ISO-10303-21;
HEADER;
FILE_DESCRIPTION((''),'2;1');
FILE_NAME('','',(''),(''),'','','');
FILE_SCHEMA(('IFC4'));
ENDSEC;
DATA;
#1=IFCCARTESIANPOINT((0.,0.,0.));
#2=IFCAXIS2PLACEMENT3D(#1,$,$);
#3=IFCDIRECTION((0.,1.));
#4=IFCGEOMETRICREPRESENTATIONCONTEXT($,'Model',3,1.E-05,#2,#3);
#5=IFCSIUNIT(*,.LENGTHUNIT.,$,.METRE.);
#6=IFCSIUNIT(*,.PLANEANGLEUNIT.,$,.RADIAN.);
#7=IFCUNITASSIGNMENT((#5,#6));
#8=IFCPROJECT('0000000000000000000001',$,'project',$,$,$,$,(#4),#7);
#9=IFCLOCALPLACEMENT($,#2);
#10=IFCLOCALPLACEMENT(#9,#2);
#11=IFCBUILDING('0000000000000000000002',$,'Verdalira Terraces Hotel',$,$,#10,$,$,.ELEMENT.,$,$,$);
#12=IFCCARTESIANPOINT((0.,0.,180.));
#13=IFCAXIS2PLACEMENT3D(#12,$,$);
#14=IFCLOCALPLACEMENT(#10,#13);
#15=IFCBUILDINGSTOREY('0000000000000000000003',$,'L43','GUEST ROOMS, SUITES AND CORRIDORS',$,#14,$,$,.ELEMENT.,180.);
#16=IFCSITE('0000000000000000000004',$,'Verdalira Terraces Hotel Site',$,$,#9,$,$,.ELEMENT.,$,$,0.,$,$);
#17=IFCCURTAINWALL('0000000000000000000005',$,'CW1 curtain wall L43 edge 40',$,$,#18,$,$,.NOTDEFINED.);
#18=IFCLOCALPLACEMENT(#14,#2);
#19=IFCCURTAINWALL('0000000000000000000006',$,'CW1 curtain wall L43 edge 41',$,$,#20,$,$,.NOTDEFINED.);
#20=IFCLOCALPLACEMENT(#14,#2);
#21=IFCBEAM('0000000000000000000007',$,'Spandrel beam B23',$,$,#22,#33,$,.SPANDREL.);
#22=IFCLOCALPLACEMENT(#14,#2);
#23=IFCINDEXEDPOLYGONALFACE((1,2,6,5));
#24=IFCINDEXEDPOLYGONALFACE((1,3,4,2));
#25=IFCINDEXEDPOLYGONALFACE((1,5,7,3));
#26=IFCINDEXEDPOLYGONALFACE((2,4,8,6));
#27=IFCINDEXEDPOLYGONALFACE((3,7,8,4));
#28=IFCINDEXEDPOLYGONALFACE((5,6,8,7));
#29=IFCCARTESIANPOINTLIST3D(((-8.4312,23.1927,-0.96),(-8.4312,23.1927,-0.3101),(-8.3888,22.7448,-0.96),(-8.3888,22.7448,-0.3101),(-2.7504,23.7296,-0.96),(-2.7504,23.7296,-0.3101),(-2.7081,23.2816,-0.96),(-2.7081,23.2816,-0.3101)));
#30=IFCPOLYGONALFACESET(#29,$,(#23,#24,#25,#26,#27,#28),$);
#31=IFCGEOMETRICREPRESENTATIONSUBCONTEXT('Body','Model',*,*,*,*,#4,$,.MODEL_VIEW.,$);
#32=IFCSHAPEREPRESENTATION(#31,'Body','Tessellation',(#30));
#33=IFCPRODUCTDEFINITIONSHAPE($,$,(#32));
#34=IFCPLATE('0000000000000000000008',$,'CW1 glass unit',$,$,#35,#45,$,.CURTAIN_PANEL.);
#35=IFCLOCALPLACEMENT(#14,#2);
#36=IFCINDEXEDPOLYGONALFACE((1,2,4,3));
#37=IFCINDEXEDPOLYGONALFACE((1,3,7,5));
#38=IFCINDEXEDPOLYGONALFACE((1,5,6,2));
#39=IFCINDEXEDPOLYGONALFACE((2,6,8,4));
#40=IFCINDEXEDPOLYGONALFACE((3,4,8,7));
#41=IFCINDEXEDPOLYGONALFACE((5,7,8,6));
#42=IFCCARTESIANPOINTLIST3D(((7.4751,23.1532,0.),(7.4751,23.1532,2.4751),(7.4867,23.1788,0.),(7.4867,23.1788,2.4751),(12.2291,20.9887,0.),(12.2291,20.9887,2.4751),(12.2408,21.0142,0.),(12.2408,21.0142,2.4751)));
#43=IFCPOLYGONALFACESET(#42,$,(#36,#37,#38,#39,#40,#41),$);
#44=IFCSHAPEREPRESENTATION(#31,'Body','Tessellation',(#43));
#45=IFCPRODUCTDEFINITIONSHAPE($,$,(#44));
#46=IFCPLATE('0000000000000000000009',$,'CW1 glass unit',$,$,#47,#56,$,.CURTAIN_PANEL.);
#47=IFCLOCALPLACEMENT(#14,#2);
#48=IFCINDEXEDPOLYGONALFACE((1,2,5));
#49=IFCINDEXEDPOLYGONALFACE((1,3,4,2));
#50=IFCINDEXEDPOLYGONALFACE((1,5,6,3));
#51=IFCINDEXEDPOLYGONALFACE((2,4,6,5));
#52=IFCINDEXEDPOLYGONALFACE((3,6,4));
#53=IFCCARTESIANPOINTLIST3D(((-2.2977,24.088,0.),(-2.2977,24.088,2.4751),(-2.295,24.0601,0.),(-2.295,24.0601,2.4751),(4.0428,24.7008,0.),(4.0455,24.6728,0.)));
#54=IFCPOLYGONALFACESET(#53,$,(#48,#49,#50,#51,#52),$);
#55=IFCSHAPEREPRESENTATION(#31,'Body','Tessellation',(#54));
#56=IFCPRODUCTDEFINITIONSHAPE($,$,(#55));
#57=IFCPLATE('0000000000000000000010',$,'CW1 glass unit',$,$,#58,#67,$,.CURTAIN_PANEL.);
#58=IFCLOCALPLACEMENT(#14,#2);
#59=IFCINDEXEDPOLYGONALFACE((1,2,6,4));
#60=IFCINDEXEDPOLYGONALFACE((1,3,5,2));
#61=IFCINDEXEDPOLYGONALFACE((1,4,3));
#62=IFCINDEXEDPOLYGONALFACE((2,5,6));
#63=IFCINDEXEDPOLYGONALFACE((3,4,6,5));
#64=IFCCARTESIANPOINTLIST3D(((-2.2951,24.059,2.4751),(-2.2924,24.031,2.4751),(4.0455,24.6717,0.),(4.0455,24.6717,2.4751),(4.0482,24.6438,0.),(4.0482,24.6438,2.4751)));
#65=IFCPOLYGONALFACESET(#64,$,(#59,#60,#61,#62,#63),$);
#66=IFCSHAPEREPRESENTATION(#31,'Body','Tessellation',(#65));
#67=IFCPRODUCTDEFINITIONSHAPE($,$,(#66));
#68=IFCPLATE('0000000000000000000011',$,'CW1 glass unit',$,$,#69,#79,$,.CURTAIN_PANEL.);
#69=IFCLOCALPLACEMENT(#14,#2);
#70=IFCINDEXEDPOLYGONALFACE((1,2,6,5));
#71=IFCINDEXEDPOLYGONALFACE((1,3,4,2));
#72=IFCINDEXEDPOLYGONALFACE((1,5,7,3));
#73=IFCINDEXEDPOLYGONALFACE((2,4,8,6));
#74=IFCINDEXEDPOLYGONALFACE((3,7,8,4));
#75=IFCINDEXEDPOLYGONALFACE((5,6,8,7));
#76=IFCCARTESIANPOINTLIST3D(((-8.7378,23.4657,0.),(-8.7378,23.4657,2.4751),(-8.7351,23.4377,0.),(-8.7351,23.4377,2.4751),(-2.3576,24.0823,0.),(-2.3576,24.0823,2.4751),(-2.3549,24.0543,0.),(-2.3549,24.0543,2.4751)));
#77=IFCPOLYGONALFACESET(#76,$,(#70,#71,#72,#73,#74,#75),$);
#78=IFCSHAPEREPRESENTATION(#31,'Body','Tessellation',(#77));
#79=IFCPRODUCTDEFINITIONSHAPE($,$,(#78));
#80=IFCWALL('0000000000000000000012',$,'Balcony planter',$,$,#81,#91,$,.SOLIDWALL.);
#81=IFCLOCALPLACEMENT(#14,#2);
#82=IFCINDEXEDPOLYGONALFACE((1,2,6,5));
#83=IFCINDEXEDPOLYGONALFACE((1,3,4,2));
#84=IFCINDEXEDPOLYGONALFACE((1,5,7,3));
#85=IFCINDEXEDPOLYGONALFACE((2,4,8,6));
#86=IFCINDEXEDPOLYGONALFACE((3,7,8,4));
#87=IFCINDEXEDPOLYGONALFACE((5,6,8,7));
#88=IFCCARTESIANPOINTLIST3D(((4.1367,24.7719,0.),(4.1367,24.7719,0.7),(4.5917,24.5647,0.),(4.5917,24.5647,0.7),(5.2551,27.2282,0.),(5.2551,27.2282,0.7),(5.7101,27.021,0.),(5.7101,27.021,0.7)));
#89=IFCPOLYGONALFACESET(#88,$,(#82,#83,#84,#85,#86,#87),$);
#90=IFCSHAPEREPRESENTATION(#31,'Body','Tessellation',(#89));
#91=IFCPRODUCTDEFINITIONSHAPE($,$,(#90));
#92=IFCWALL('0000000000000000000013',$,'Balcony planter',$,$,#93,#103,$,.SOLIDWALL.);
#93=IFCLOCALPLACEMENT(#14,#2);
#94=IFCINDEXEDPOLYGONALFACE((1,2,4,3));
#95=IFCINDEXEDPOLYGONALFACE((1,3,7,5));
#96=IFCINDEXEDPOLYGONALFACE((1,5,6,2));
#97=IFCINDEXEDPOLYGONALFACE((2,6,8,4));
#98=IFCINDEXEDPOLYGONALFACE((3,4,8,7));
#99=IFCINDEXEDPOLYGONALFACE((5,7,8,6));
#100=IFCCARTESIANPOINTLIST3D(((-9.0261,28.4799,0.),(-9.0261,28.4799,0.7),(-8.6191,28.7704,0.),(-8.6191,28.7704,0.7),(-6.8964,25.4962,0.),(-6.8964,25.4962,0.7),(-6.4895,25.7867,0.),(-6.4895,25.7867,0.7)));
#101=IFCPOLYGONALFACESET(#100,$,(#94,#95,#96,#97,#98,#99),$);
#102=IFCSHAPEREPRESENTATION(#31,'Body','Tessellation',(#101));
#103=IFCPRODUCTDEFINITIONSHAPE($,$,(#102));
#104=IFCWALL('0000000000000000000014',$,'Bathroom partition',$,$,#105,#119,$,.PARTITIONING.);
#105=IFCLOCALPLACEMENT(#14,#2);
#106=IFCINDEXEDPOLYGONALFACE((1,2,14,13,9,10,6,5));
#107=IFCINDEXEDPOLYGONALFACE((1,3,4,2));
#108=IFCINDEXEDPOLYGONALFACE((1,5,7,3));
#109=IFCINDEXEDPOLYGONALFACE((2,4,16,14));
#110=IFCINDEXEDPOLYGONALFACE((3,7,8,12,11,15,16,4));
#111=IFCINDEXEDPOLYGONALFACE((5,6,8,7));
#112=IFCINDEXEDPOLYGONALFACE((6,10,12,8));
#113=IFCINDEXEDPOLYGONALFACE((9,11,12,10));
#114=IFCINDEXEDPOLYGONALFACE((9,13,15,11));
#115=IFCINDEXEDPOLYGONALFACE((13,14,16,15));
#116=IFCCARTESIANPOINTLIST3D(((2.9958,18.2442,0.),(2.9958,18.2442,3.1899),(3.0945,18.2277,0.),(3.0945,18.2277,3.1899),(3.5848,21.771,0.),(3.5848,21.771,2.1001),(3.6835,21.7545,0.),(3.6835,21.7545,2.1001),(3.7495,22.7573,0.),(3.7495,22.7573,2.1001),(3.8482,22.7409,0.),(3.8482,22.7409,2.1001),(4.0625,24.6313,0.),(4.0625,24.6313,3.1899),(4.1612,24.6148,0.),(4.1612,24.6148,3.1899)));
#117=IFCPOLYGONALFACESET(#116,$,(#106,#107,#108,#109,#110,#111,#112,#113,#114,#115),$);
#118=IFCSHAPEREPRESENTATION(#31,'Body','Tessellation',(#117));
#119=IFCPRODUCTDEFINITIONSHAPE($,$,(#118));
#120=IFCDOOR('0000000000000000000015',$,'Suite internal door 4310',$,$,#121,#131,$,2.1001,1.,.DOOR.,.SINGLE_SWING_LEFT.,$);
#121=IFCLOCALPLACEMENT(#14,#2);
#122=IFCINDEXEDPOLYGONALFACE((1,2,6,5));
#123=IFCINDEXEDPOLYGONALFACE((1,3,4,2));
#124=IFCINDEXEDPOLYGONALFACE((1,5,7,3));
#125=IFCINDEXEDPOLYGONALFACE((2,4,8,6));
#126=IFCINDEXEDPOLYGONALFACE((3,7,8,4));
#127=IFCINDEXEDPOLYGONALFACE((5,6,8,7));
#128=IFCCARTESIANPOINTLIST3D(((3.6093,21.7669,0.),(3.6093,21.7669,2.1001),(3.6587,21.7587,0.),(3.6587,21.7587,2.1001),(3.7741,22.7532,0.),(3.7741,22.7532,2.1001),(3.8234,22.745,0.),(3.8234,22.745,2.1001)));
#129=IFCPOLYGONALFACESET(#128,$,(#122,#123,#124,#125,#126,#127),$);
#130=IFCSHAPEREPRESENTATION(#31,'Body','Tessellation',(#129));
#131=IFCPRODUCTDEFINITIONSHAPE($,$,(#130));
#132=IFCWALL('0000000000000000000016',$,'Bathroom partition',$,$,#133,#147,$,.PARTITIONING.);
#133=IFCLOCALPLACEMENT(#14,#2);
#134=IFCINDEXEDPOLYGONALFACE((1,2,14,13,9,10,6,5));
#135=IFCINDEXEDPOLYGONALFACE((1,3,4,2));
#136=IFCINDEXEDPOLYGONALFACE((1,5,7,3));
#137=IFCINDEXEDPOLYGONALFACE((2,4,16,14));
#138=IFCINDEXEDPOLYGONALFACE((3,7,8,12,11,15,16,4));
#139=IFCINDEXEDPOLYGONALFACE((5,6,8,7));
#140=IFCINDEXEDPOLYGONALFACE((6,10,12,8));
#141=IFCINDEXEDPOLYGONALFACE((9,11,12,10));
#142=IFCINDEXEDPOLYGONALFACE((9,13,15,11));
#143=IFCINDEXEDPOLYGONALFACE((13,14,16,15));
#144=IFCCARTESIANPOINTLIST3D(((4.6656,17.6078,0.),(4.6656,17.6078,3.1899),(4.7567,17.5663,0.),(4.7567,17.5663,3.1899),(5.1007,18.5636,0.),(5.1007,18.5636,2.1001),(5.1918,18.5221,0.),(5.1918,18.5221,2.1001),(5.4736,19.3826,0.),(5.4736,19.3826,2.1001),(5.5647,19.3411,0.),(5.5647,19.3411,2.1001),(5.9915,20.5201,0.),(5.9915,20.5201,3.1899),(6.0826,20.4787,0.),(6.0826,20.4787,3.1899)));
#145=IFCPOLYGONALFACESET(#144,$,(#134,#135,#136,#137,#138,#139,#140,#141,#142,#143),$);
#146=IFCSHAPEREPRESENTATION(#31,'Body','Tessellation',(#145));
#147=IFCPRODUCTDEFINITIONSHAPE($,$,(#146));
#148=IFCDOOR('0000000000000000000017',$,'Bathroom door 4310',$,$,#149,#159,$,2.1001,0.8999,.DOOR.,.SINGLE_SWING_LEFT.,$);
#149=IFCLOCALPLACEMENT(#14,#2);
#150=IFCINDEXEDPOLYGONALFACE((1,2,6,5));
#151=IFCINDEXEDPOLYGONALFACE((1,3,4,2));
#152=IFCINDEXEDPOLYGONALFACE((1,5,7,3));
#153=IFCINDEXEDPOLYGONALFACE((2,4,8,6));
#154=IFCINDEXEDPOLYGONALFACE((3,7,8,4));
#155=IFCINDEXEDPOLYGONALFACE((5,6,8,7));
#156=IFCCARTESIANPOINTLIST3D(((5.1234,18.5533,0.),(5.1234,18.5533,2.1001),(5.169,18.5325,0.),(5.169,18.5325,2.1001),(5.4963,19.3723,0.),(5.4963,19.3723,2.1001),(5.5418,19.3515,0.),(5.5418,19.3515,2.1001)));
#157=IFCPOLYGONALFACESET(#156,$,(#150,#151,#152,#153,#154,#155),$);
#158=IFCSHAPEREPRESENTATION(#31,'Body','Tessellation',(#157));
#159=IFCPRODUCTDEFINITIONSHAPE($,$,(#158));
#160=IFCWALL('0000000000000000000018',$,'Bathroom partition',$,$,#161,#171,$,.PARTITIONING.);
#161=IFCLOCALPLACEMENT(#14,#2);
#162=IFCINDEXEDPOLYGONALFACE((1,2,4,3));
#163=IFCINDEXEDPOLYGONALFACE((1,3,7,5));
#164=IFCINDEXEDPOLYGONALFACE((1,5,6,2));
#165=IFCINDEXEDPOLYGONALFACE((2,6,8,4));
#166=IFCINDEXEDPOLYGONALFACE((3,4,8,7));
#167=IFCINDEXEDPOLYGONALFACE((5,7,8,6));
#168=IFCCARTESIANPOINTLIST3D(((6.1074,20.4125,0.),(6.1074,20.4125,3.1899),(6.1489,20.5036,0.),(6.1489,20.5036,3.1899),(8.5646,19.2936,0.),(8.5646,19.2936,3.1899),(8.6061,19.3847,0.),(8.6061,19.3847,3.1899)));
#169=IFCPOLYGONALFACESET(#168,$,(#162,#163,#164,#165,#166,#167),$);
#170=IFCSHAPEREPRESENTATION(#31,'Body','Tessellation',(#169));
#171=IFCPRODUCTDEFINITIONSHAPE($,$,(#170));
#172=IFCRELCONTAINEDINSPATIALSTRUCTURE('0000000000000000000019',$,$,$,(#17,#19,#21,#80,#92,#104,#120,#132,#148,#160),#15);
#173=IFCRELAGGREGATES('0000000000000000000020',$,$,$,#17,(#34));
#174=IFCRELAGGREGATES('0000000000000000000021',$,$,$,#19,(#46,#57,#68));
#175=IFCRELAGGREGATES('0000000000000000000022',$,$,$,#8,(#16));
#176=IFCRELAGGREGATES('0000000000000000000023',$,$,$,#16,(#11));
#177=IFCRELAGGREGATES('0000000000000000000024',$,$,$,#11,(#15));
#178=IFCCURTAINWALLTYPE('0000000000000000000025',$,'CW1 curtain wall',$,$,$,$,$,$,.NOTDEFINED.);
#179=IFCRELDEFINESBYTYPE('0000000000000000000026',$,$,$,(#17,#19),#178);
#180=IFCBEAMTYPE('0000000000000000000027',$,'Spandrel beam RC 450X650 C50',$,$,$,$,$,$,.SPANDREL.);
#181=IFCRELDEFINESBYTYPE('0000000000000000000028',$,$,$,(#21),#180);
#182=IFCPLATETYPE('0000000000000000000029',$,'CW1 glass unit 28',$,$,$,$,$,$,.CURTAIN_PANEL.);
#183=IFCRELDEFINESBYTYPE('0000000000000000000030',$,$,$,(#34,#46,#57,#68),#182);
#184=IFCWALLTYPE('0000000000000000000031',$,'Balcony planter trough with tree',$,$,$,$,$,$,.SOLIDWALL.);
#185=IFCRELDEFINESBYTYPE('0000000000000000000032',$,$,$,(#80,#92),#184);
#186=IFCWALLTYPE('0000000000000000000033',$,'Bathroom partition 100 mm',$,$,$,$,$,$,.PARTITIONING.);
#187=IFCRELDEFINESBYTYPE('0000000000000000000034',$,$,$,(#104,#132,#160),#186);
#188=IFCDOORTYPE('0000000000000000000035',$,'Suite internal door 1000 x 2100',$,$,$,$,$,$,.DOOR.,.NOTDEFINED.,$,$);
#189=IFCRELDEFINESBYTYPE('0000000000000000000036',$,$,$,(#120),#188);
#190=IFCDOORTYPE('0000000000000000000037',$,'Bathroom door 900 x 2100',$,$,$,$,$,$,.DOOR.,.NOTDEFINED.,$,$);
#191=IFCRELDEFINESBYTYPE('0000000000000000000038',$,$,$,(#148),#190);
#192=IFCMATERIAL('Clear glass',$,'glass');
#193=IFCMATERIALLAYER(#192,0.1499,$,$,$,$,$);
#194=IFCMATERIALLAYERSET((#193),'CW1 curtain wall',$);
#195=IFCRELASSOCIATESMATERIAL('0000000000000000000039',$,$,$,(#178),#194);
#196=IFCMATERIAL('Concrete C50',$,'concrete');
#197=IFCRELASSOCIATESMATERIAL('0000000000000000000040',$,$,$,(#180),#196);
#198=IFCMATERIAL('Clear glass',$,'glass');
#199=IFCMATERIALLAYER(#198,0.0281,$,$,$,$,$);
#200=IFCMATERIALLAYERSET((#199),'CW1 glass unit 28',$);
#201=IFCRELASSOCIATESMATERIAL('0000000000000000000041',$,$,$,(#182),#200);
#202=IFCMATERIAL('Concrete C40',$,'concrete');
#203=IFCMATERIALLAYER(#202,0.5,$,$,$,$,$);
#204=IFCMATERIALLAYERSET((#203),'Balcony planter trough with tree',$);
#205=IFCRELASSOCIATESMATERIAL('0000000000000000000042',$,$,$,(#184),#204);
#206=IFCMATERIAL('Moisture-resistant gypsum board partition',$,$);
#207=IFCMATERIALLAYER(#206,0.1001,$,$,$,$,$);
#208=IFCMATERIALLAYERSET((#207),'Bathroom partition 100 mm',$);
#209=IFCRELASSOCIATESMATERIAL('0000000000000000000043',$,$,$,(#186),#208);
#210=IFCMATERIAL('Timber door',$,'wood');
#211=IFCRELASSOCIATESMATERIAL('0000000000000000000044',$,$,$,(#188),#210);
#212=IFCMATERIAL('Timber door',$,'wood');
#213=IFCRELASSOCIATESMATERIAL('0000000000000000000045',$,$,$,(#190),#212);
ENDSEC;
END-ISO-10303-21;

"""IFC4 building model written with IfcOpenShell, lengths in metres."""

from ifc_helpers import new_model, si_unit, direction, frame, frame_2d, origin, origin_2d, place, context, subcontext, project, spatial, polyline, rectangle, outline, extrude, material, layer, layer_set, material_profile, profile_set, type_object, element, fill, aggregate, save


model = new_model("IFC4")

# Units and contexts
model_context = context("Model", 3, precision=1e-05, world=origin(), true_north=direction((0.0, 1.0)))
body_context = subcontext(model_context, "Body", "Model", "MODEL_VIEW")
ifc_project = project(units=[si_unit("LENGTHUNIT", "METRE"), si_unit("PLANEANGLEUNIT", "RADIAN")], contexts=[model_context])

# Site, building, storey
site_placement = place(None, origin())
site = spatial("IfcSite", under=ifc_project, at=site_placement, Name="Verdalira Terraces Hotel Site", CompositionType="ELEMENT", RefElevation=0.0)
building_placement = place(site_placement, origin())
building = spatial("IfcBuilding", under=site, at=building_placement, Name="Verdalira Terraces Hotel", CompositionType="ELEMENT")
storey_placement = place(building_placement, frame((0.0, 0.0, 180.0)))
storey = spatial("IfcBuildingStorey", under=building, at=storey_placement, Name="L43", Description="GUEST ROOMS, SUITES AND CORRIDORS", CompositionType="ELEMENT", Elevation=180.0)

# Curtain wall
ifc_material_1 = material(Name="Clear glass", Category="glass")
ifc_layer_1 = layer(ifc_material_1, 0.1499)
ifc_layer_set_1 = layer_set([ifc_layer_1], Name="CW1 curtain wall")
curtain_wall_type = type_object("IfcCurtainWallType", Name="CW1 curtain wall", PredefinedType="NOTDEFINED", material=ifc_layer_set_1)
curtain_wall_1_placement = place(storey_placement, origin())
curtain_wall_1 = element("IfcCurtainWall", 1, at=curtain_wall_1_placement, inside=storey, type_object=curtain_wall_type, Name="CW1 curtain wall L43 edge 40", PredefinedType="NOTDEFINED")

# Curtain wall
curtain_wall_2_placement = place(storey_placement, origin())
curtain_wall_2 = element("IfcCurtainWall", 2, at=curtain_wall_2_placement, inside=storey, type_object=curtain_wall_type, Name="CW1 curtain wall L43 edge 41", PredefinedType="NOTDEFINED")

# Beam
ifc_material_2 = material(Name="Concrete C50", Category="concrete")
ifc_material_profile_1 = material_profile(ifc_material_2, rectangle(XDim=0.45, YDim=0.6499, at=origin_2d()), Name="RC 450X650")
ifc_profile_set_1 = profile_set([ifc_material_profile_1], Name="Concrete C50")
beam_type_1 = type_object("IfcBeamType", Name="Spandrel beam RC 450X650 C50", PredefinedType="SPANDREL", material=ifc_profile_set_1)
beam_1_placement = place(storey_placement, frame((-2.7292, 23.5056, -0.635), z_axis=(-0.995564, -0.094088, 0.0), x_axis=(0.094088, -0.995564, 0.0)))
element("IfcBeam", 3, at=beam_1_placement, inside=storey, type_object=beam_type_1, Name="Spandrel beam B23", PredefinedType="SPANDREL", context=body_context, shape_type="SweptSolid", body=[
    extrude(rectangle(XDim=0.45, YDim=0.6499, at=origin_2d()), origin(), (0.0, 0.0, 1.0), 5.7061),
])

# Plates
ifc_material_3 = material(Name="Clear glass", Category="glass")
ifc_layer_2 = layer(ifc_material_3, 0.0281)
ifc_layer_set_2 = layer_set([ifc_layer_2], Name="CW1 glass unit 28")
plate_type = type_object("IfcPlateType", Name="CW1 glass unit 28", PredefinedType="CURTAIN_PANEL", material=ifc_layer_set_2)
plate_1_placement = place(storey_placement, frame((9.8579, 22.0837, 0.0), z_axis=(0.0, 0.0, 1.0), x_axis=(-0.910106, 0.414376, 0.0)))
plate_1 = element("IfcPlate", 4, at=plate_1_placement, type_object=plate_type, Name="CW1 glass unit", PredefinedType="CURTAIN_PANEL", context=body_context, shape_type="SweptSolid", body=[
    extrude(rectangle(XDim=5.2236, YDim=0.0281, at=origin_2d()), origin(), (0.0, 0.0, 1.0), 2.4751),
])
aggregate(curtain_wall_1, [plate_1])
plate_2_placement = place(storey_placement, frame((0.8752, 24.3665, 1.2375), z_axis=(-0.096193, 0.995363, 0.0), x_axis=(-0.995363, -0.096193, 0.0)))
plate_2 = element("IfcPlate", 5, at=plate_2_placement, type_object=plate_type, Name="CW1 glass unit", PredefinedType="CURTAIN_PANEL", context=body_context, shape_type="SweptSolid", body=[
    extrude(outline(polyline([(-3.1851, -1.2375), (3.1851, -1.2375), (3.1851, 1.2375), (-3.1851, -1.2375)])), origin(), (0.0, 0.0, 1.0), 0.0281),
])
plate_3_placement = place(storey_placement, frame((0.8779, 24.3374, 1.2375), z_axis=(-0.096193, 0.995363, 0.0), x_axis=(-0.995363, -0.096193, 0.0)))
plate_3 = element("IfcPlate", 6, at=plate_3_placement, type_object=plate_type, Name="CW1 glass unit", PredefinedType="CURTAIN_PANEL", context=body_context, shape_type="SweptSolid", body=[
    extrude(outline(polyline([(-3.1851, -1.2375), (3.1851, 1.2375), (-3.1851, 1.2375), (-3.1851, -1.2375)])), origin(), (0.0, 0.0, 1.0), 0.0281),
])
plate_4_placement = place(storey_placement, frame((-5.5464, 23.76, 0.0), z_axis=(0.0, 0.0, 1.0), x_axis=(-0.995363, -0.096193, 0.0)))
plate_4 = element("IfcPlate", 7, at=plate_4_placement, type_object=plate_type, Name="CW1 glass unit", PredefinedType="CURTAIN_PANEL", context=body_context, shape_type="SweptSolid", body=[
    extrude(rectangle(XDim=6.4099, YDim=0.0281, at=origin_2d()), origin(), (0.0, 0.0, 1.0), 2.4751),
])
aggregate(curtain_wall_2, [plate_2, plate_3, plate_4])

# Walls
ifc_material_4 = material(Name="Concrete C40", Category="concrete")
ifc_layer_3 = layer(ifc_material_4, 0.5)
ifc_layer_set_3 = layer_set([ifc_layer_3], Name="Balcony planter trough with tree")
wall_type_1 = type_object("IfcWallType", Name="Balcony planter trough with tree", PredefinedType="SOLIDWALL", material=ifc_layer_set_3)
wall_1_placement = place(storey_placement, frame((5.4827, 27.1248, 0.0), z_axis=(0.0, 0.0, 1.0), x_axis=(-0.414389, -0.9101, 0.0)))
element("IfcWall", 8, at=wall_1_placement, inside=storey, type_object=wall_type_1, Name="Balcony planter", PredefinedType="SOLIDWALL", context=body_context, shape_type="SweptSolid", body=[
    extrude(rectangle(XDim=2.699, YDim=0.5, at=frame_2d((1.3496, 0.0))), origin(), (0.0, 0.0, 1.0), 0.7),
])
wall_2_placement = place(storey_placement, frame((-6.6929, 25.6414, 0.0), z_axis=(0.0, 0.0, 1.0), x_axis=(-0.580961, 0.813931, 0.0)))
element("IfcWall", 9, at=wall_2_placement, inside=storey, type_object=wall_type_1, Name="Balcony planter", PredefinedType="SOLIDWALL", context=body_context, shape_type="SweptSolid", body=[
    extrude(rectangle(XDim=3.6658, YDim=0.5, at=frame_2d((1.833, 0.0))), origin(), (0.0, 0.0, 1.0), 0.7),
])

# Walls, openings, doors
ifc_material_5 = material(Name="Moisture-resistant gypsum board partition")
ifc_layer_4 = layer(ifc_material_5, 0.1001)
ifc_layer_set_4 = layer_set([ifc_layer_4], Name="Bathroom partition 100 mm")
wall_type_2 = type_object("IfcWallType", Name="Bathroom partition 100 mm", PredefinedType="PARTITIONING", material=ifc_layer_set_4)
wall_3_placement = place(storey_placement, frame((4.1118, 24.623, 0.0), z_axis=(0.0, 0.0, 1.0), x_axis=(-0.164717, -0.986341, 0.0)))
wall_3 = element("IfcWall", 10, at=wall_3_placement, inside=storey, type_object=wall_type_2, Name="Bathroom partition", PredefinedType="PARTITIONING", context=body_context, shape_type="SweptSolid", body=[
    extrude(rectangle(XDim=6.4756, YDim=0.1001, at=frame_2d((3.2378, 0.0))), origin(), (0.0, 0.0, 1.0), 3.1899),
])
opening_1_placement = place(wall_3_placement, frame((1.8999, 0.0, 0.0)))
opening_1 = element("IfcOpeningElement", 11, at=opening_1_placement, cuts=wall_3, PredefinedType="OPENING", context=body_context, shape_type="SweptSolid", body=[
    extrude(rectangle(XDim=1.0, YDim=2.1001, at=frame_2d((0.5, 1.05))), frame((0.0, 0.0601, 0.0), z_axis=(0.0, -1.0, 0.0), x_axis=(1.0, 0.0, 0.0)), (0.0, 0.0, 1.0), 0.1201),
])
ifc_material_6 = material(Name="Timber door", Category="wood")
door_type_1 = type_object("IfcDoorType", Name="Suite internal door 1000 x 2100", OperationType="NOTDEFINED", PredefinedType="DOOR", material=ifc_material_6)
door_1_placement = place(opening_1_placement, origin())
door_1 = element("IfcDoor", 12, at=door_1_placement, inside=storey, type_object=door_type_1, Name="Suite internal door 4310", OperationType="SINGLE_SWING_LEFT", OverallHeight=2.1001, OverallWidth=1.0, PredefinedType="DOOR", context=body_context, shape_type="SweptSolid", body=[
    extrude(rectangle(XDim=1.0, YDim=2.1001, at=frame_2d((0.5, 1.05))), frame((0.0, 0.0249, 0.0), z_axis=(0.0, -1.0, 0.0), x_axis=(1.0, 0.0, 0.0)), (0.0, 0.0, 1.0), 0.05),
])
fill(opening_1, door_1)
wall_4_placement = place(storey_placement, frame((6.0371, 20.4995, 0.0), z_axis=(0.0, 0.0, 1.0), x_axis=(-0.414355, -0.910115, 0.0)))
wall_4 = element("IfcWall", 13, at=wall_4_placement, inside=storey, type_object=wall_type_2, Name="Bathroom partition", PredefinedType="PARTITIONING", context=body_context, shape_type="SweptSolid", body=[
    extrude(rectangle(XDim=3.2, YDim=0.1001, at=frame_2d((1.6001, 0.0))), origin(), (0.0, 0.0, 1.0), 3.1899),
])
opening_2_placement = place(wall_4_placement, frame((1.25, 0.0, 0.0)))
opening_2 = element("IfcOpeningElement", 14, at=opening_2_placement, cuts=wall_4, PredefinedType="OPENING", context=body_context, shape_type="SweptSolid", body=[
    extrude(rectangle(XDim=0.8999, YDim=2.1001, at=frame_2d((0.45, 1.05))), frame((0.0, 0.0601, 0.0), z_axis=(0.0, -1.0, 0.0), x_axis=(1.0, 0.0, 0.0)), (0.0, 0.0, 1.0), 0.1201),
])
ifc_material_7 = material(Name="Timber door", Category="wood")
door_type_2 = type_object("IfcDoorType", Name="Bathroom door 900 x 2100", OperationType="NOTDEFINED", PredefinedType="DOOR", material=ifc_material_7)
door_2_placement = place(opening_2_placement, origin())
door_2 = element("IfcDoor", 15, at=door_2_placement, inside=storey, type_object=door_type_2, Name="Bathroom door 4310", OperationType="SINGLE_SWING_LEFT", OverallHeight=2.1001, OverallWidth=0.8999, PredefinedType="DOOR", context=body_context, shape_type="SweptSolid", body=[
    extrude(rectangle(XDim=0.8999, YDim=2.1001, at=frame_2d((0.45, 1.05))), frame((0.0, 0.0249, 0.0), z_axis=(0.0, -1.0, 0.0), x_axis=(1.0, 0.0, 0.0)), (0.0, 0.0, 1.0), 0.05),
])
fill(opening_2, door_2)

# Wall
wall_5_placement = place(storey_placement, frame((8.5854, 19.3391, 0.0), z_axis=(0.0, 0.0, 1.0), x_axis=(-0.910094, 0.414402, 0.0)))
element("IfcWall", 16, at=wall_5_placement, inside=storey, type_object=wall_type_2, Name="Bathroom partition", PredefinedType="PARTITIONING", context=body_context, shape_type="SweptSolid", body=[
    extrude(rectangle(XDim=2.7, YDim=0.1001, at=frame_2d((1.3501, 0.0))), origin(), (0.0, 0.0, 1.0), 3.1899),
])

save(model, "model.ifc")
